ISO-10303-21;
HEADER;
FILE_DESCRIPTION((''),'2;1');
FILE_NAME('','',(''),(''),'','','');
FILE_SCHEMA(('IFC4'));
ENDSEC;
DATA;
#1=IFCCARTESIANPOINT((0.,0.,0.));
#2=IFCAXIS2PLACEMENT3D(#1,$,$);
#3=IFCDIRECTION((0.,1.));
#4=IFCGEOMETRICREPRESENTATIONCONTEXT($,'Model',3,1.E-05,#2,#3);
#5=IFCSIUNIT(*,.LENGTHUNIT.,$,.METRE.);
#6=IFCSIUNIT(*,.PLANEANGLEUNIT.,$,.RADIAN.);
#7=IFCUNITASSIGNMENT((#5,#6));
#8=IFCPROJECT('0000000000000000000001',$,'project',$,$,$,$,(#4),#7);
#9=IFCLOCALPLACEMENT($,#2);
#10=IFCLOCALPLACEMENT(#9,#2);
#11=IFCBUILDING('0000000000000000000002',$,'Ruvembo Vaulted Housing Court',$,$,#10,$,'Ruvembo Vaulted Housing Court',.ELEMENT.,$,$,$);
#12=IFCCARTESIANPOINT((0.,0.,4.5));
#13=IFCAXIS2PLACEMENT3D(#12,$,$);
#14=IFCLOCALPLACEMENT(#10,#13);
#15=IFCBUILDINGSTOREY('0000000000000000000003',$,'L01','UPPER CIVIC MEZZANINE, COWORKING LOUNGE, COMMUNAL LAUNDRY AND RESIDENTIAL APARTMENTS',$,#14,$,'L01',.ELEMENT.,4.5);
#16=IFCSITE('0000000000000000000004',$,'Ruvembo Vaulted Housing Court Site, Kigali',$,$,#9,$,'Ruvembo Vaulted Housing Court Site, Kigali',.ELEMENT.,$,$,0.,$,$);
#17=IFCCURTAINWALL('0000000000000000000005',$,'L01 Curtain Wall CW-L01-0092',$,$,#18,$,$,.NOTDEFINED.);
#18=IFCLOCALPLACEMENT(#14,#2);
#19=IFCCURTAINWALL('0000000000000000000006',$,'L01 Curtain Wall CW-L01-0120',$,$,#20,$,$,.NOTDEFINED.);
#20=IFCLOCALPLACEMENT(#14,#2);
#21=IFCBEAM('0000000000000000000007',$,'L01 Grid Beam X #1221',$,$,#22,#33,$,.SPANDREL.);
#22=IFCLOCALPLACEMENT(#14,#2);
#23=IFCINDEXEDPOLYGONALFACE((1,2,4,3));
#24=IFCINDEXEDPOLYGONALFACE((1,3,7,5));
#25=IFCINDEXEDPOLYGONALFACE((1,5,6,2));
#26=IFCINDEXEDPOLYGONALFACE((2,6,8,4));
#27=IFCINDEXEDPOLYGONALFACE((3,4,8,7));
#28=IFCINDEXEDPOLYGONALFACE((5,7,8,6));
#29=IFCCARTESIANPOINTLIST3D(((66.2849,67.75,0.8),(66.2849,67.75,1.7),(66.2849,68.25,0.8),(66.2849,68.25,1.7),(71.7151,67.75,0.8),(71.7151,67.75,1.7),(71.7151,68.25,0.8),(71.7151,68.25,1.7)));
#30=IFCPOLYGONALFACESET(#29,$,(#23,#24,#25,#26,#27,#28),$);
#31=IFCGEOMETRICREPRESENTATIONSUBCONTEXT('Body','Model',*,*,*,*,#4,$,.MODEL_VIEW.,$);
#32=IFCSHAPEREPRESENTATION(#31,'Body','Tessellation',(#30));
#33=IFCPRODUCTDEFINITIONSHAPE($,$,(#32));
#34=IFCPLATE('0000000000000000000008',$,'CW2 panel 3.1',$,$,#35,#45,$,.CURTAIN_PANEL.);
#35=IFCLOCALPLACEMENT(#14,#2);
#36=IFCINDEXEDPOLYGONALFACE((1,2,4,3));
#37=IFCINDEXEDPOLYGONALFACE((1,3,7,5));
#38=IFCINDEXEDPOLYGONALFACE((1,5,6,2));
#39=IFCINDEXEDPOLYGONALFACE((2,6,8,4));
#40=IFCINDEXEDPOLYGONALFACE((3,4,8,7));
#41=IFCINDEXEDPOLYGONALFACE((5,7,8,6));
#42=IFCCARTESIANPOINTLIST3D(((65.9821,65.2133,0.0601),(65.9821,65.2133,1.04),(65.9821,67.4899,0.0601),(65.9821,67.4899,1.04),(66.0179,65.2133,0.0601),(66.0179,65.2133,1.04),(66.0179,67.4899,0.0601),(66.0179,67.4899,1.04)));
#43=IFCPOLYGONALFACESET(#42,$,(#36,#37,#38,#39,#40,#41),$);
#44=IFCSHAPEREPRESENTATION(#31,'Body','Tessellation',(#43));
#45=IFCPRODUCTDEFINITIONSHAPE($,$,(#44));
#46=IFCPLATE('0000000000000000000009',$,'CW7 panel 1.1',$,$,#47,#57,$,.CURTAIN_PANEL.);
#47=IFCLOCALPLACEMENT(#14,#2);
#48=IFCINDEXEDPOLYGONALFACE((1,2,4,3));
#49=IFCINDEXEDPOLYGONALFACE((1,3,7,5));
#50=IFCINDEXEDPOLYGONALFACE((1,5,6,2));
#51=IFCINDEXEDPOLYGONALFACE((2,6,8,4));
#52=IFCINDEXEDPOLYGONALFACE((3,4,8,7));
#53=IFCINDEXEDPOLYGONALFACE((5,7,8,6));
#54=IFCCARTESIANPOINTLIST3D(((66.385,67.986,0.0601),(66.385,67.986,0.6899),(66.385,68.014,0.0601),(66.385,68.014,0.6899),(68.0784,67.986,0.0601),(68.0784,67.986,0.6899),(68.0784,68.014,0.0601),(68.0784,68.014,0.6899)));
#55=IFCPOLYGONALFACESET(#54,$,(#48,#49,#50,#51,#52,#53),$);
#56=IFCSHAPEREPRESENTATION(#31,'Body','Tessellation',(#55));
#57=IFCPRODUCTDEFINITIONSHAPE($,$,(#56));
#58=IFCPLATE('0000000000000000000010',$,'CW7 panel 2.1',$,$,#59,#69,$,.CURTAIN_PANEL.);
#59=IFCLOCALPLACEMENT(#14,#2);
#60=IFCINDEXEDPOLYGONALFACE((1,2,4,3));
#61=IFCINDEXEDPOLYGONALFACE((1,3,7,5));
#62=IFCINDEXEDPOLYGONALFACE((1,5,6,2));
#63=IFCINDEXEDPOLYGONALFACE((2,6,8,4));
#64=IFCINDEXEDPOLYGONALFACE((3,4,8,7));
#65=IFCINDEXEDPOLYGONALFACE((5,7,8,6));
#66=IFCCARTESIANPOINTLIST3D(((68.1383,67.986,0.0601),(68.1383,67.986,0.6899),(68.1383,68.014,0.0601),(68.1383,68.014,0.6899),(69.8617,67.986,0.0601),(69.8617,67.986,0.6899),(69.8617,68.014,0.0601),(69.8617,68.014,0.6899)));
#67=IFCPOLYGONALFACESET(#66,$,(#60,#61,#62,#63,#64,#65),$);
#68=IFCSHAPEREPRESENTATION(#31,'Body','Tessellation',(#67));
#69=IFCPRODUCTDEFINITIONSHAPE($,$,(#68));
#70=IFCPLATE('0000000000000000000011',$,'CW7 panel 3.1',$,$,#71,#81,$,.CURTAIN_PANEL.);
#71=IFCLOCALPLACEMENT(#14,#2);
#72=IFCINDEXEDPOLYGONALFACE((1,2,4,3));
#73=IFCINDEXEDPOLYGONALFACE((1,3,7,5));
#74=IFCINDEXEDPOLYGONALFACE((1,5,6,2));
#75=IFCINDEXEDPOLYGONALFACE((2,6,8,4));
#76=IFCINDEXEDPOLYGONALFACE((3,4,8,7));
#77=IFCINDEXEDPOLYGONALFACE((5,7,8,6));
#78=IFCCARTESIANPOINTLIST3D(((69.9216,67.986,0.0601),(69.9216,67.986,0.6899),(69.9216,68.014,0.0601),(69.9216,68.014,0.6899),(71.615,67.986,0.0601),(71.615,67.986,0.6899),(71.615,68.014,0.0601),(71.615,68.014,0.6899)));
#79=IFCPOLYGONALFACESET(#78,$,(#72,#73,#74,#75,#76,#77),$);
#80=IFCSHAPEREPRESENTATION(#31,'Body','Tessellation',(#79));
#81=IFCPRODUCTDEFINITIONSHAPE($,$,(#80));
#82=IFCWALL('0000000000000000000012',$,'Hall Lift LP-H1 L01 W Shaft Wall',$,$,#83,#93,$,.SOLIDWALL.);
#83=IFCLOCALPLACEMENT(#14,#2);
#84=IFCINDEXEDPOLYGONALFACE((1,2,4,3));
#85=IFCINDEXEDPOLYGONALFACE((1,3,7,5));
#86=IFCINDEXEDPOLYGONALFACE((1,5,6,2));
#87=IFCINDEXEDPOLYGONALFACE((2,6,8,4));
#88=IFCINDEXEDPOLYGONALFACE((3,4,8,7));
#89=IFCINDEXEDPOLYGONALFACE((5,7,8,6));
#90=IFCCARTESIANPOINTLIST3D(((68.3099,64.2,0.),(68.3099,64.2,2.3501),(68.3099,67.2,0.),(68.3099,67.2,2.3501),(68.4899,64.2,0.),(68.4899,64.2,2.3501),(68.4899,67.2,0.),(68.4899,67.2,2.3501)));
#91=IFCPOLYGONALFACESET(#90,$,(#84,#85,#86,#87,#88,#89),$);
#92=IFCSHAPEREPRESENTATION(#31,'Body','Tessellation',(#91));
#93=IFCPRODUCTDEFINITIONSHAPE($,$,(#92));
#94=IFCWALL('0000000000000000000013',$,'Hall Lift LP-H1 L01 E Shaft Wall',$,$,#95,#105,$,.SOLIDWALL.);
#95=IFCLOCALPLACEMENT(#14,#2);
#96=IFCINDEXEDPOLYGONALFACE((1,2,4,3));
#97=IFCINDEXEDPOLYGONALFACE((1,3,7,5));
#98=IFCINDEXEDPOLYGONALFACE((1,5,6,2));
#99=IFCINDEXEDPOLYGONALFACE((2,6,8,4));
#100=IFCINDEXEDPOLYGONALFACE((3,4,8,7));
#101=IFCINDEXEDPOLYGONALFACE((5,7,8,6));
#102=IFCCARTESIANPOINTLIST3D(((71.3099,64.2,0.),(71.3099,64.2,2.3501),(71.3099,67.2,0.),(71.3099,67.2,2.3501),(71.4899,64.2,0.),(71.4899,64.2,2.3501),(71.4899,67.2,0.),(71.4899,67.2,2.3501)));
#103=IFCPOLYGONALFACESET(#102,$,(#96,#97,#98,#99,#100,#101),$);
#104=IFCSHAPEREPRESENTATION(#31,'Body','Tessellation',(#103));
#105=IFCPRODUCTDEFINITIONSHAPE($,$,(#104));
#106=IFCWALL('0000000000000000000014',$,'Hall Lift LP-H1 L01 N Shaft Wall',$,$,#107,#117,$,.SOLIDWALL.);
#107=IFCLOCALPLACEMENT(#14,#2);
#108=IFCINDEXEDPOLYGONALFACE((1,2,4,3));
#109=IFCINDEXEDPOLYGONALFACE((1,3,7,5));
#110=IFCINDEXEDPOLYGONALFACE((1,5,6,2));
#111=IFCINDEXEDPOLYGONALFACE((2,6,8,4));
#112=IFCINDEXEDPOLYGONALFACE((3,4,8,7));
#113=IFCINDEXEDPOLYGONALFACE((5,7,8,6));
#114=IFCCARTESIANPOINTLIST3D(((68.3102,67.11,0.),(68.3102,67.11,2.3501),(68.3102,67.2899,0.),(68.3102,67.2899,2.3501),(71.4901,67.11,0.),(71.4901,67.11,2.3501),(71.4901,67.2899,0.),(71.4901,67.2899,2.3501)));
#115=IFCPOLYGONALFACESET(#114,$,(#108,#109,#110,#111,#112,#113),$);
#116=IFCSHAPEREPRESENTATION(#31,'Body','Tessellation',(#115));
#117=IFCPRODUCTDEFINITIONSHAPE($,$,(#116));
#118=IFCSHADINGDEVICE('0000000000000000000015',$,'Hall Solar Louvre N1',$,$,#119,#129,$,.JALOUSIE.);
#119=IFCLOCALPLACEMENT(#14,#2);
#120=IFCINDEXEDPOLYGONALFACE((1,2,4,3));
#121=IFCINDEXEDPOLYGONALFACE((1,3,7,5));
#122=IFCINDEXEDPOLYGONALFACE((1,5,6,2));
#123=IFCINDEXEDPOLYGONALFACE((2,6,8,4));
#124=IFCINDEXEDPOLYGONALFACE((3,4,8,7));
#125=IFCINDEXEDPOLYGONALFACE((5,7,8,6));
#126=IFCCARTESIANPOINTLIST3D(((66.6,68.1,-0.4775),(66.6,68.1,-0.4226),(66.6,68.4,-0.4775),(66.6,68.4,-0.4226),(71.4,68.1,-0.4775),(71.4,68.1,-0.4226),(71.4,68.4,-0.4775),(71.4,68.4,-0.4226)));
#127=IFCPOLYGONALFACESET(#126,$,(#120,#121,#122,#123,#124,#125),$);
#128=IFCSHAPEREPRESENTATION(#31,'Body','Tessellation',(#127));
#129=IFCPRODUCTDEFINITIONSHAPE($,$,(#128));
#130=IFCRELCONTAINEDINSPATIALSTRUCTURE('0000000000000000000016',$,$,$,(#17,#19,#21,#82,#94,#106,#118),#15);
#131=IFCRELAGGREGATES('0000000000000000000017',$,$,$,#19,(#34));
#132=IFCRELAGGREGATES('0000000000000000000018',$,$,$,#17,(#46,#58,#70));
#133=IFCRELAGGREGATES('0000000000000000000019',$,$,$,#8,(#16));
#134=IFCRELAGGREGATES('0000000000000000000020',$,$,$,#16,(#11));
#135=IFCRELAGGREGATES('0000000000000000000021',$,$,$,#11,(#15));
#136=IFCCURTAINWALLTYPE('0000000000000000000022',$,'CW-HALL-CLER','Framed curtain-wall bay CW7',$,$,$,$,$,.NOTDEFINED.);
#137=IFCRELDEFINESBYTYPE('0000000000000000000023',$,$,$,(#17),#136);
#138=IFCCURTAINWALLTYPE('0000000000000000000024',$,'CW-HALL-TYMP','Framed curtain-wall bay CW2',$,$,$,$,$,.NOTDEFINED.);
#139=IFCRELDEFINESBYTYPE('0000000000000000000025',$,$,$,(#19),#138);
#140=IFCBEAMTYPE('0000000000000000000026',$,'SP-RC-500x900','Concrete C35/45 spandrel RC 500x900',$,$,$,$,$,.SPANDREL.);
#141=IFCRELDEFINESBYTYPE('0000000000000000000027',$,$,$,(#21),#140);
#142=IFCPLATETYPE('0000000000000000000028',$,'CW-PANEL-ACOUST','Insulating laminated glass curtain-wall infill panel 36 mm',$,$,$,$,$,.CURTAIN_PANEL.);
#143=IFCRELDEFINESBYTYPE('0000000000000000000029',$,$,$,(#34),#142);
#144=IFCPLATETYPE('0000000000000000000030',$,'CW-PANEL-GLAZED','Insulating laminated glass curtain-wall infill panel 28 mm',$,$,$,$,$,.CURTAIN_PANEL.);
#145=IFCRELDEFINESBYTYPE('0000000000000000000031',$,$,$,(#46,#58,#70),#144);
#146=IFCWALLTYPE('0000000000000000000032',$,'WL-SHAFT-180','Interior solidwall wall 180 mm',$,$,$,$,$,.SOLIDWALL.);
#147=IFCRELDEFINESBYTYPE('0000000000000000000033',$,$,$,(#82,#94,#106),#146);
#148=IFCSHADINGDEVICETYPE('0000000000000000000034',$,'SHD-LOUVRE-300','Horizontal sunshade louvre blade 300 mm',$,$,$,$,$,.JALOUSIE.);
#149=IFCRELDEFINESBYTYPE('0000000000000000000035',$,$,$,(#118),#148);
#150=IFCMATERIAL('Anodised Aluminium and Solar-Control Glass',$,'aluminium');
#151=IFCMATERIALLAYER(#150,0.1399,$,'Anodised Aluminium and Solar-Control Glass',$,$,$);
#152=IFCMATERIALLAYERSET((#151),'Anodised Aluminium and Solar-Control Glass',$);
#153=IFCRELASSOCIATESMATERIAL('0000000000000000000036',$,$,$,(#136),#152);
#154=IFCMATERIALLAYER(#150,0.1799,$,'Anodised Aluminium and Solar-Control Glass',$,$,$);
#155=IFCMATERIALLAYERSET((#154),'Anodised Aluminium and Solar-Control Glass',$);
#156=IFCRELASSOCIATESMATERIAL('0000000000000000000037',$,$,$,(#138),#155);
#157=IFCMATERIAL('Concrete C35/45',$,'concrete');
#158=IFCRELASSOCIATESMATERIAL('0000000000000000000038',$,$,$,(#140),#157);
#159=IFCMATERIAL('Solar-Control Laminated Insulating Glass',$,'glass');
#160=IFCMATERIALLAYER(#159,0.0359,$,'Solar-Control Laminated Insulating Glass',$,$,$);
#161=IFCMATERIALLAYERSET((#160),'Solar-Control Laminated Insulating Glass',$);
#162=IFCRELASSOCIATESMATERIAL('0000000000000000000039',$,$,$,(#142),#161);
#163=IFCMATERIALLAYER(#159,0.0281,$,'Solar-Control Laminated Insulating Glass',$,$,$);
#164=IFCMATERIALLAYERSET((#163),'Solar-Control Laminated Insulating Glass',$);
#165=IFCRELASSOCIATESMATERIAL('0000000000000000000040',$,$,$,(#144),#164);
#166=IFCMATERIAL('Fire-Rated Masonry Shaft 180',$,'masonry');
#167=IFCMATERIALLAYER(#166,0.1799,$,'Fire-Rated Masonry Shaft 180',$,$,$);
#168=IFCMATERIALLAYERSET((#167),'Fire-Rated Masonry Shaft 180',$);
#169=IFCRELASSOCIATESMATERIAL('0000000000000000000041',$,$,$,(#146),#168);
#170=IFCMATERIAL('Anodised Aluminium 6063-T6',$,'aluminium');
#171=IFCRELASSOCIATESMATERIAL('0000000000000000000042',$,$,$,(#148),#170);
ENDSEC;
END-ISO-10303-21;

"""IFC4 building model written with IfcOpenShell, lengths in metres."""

from ifc_helpers import new_model, si_unit, direction, frame, frame_2d, origin, origin_2d, place, context, subcontext, project, spatial, rectangle, extrude, material, layer, layer_set, material_profile, profile_set, type_object, element, aggregate, save


model = new_model("IFC4")

# Units and contexts
model_context = context("Model", 3, precision=1e-05, world=origin(), true_north=direction((0.0, 1.0)))
body_context = subcontext(model_context, "Body", "Model", "MODEL_VIEW")
ifc_project = project(units=[si_unit("LENGTHUNIT", "METRE"), si_unit("PLANEANGLEUNIT", "RADIAN")], contexts=[model_context])

# Site, building, storey
site_placement = place(None, origin())
site = spatial("IfcSite", under=ifc_project, at=site_placement, Name="Ruvembo Vaulted Housing Court Site, Kigali", LongName="Ruvembo Vaulted Housing Court Site, Kigali", CompositionType="ELEMENT", RefElevation=0.0)
building_placement = place(site_placement, origin())
building = spatial("IfcBuilding", under=site, at=building_placement, Name="Ruvembo Vaulted Housing Court", LongName="Ruvembo Vaulted Housing Court", CompositionType="ELEMENT")
storey_placement = place(building_placement, frame((0.0, 0.0, 4.5)))
storey = spatial("IfcBuildingStorey", under=building, at=storey_placement, Name="L01", Description="UPPER CIVIC MEZZANINE, COWORKING LOUNGE, COMMUNAL LAUNDRY AND RESIDENTIAL APARTMENTS", LongName="L01", CompositionType="ELEMENT", Elevation=4.5)

# Curtain walls
ifc_material_1 = material(Name="Anodised Aluminium and Solar-Control Glass", Category="aluminium")
ifc_layer_1 = layer(ifc_material_1, 0.1399, Name="Anodised Aluminium and Solar-Control Glass")
ifc_layer_set_1 = layer_set([ifc_layer_1], Name="Anodised Aluminium and Solar-Control Glass")
curtain_wall_type_1 = type_object("IfcCurtainWallType", Name="CW-HALL-CLER", Description="Framed curtain-wall bay CW7", PredefinedType="NOTDEFINED", material=ifc_layer_set_1)
curtain_wall_1_placement = place(storey_placement, origin())
curtain_wall_1 = element("IfcCurtainWall", 1, at=curtain_wall_1_placement, inside=storey, type_object=curtain_wall_type_1, Name="L01 Curtain Wall CW-L01-0092", PredefinedType="NOTDEFINED")
ifc_material_2 = material(Name="Anodised Aluminium 6063-T6", Category="aluminium")
ifc_layer_2 = layer(ifc_material_1, 0.1799, Name="Anodised Aluminium and Solar-Control Glass")
ifc_layer_set_2 = layer_set([ifc_layer_2], Name="Anodised Aluminium and Solar-Control Glass")
curtain_wall_type_2 = type_object("IfcCurtainWallType", Name="CW-HALL-TYMP", Description="Framed curtain-wall bay CW2", PredefinedType="NOTDEFINED", material=ifc_layer_set_2)
curtain_wall_2_placement = place(storey_placement, origin())
curtain_wall_2 = element("IfcCurtainWall", 2, at=curtain_wall_2_placement, inside=storey, type_object=curtain_wall_type_2, Name="L01 Curtain Wall CW-L01-0120", PredefinedType="NOTDEFINED")

# Beam
ifc_material_3 = material(Name="Concrete C35/45", Category="concrete")
ifc_material_profile_1 = material_profile(ifc_material_3, rectangle(XDim=0.5, YDim=0.8999, at=origin_2d()), Name="RC 500x900")
ifc_profile_set_1 = profile_set([ifc_material_profile_1], Name="Concrete C35/45")
beam_type = type_object("IfcBeamType", Name="SP-RC-500x900", Description="Concrete C35/45 spandrel RC 500x900", PredefinedType="SPANDREL", material=ifc_profile_set_1)
beam_placement = place(storey_placement, frame((66.2849, 68.0, 1.25), z_axis=(1.0, 0.0, 0.0), x_axis=(0.0, 1.0, 0.0)))
element("IfcBeam", 3, at=beam_placement, inside=storey, type_object=beam_type, Name="L01 Grid Beam X #1221", PredefinedType="SPANDREL", context=body_context, shape_type="SweptSolid", body=[
    extrude(rectangle(XDim=0.5, YDim=0.8999, at=origin_2d()), origin(), (0.0, 0.0, 1.0), 5.4302),
])

# Plates
ifc_material_4 = material(Name="Solar-Control Laminated Insulating Glass", Category="glass")
ifc_layer_3 = layer(ifc_material_4, 0.0359, Name="Solar-Control Laminated Insulating Glass")
ifc_layer_set_3 = layer_set([ifc_layer_3], Name="Solar-Control Laminated Insulating Glass")
plate_type_1 = type_object("IfcPlateType", Name="CW-PANEL-ACOUST", Description="Insulating laminated glass curtain-wall infill panel 36 mm", PredefinedType="CURTAIN_PANEL", material=ifc_layer_set_3)
plate_1_placement = place(storey_placement, frame((66.0, 66.3516, 0.0601), z_axis=(0.0, 0.0, 1.0), x_axis=(0.0, 1.0, 0.0)))
plate_1 = element("IfcPlate", 4, at=plate_1_placement, type_object=plate_type_1, Name="CW2 panel 3.1", PredefinedType="CURTAIN_PANEL", context=body_context, shape_type="SweptSolid", body=[
    extrude(rectangle(XDim=2.2766, YDim=0.0359, at=origin_2d()), origin(), (0.0, 0.0, 1.0), 0.98),
])
aggregate(curtain_wall_2, [plate_1])
ifc_layer_4 = layer(ifc_material_4, 0.0281, Name="Solar-Control Laminated Insulating Glass")
ifc_layer_set_4 = layer_set([ifc_layer_4], Name="Solar-Control Laminated Insulating Glass")
plate_type_2 = type_object("IfcPlateType", Name="CW-PANEL-GLAZED", Description="Insulating laminated glass curtain-wall infill panel 28 mm", PredefinedType="CURTAIN_PANEL", material=ifc_layer_set_4)
plate_2_placement = place(storey_placement, frame((67.2317, 68.0, 0.0601), z_axis=(0.0, 0.0, 1.0), x_axis=(1.0, 0.0, 0.0)))
plate_2 = element("IfcPlate", 5, at=plate_2_placement, type_object=plate_type_2, Name="CW7 panel 1.1", PredefinedType="CURTAIN_PANEL", context=body_context, shape_type="SweptSolid", body=[
    extrude(rectangle(XDim=1.6934, YDim=0.0281, at=origin_2d()), origin(), (0.0, 0.0, 1.0), 0.6299),
])
plate_3_placement = place(storey_placement, frame((69.0, 68.0, 0.0601), z_axis=(0.0, 0.0, 1.0), x_axis=(1.0, 0.0, 0.0)))
plate_3 = element("IfcPlate", 6, at=plate_3_placement, type_object=plate_type_2, Name="CW7 panel 2.1", PredefinedType="CURTAIN_PANEL", context=body_context, shape_type="SweptSolid", body=[
    extrude(rectangle(XDim=1.7234, YDim=0.0281, at=origin_2d()), origin(), (0.0, 0.0, 1.0), 0.6299),
])
plate_4_placement = place(storey_placement, frame((70.7683, 68.0, 0.0601), z_axis=(0.0, 0.0, 1.0), x_axis=(1.0, 0.0, 0.0)))
plate_4 = element("IfcPlate", 7, at=plate_4_placement, type_object=plate_type_2, Name="CW7 panel 3.1", PredefinedType="CURTAIN_PANEL", context=body_context, shape_type="SweptSolid", body=[
    extrude(rectangle(XDim=1.6934, YDim=0.0281, at=origin_2d()), origin(), (0.0, 0.0, 1.0), 0.6299),
])
aggregate(curtain_wall_1, [plate_2, plate_3, plate_4])

# Walls
ifc_material_5 = material(Name="Fire-Rated Masonry Shaft 180", Category="masonry")
ifc_layer_5 = layer(ifc_material_5, 0.1799, Name="Fire-Rated Masonry Shaft 180")
ifc_layer_set_5 = layer_set([ifc_layer_5], Name="Fire-Rated Masonry Shaft 180")
wall_type = type_object("IfcWallType", Name="WL-SHAFT-180", Description="Interior solidwall wall 180 mm", PredefinedType="SOLIDWALL", material=ifc_layer_set_5)
for number, where, z_axis, x_axis, name in (
    (8, (68.3999, 67.2, 0.0), (0.0, 0.0, 1.0), (0.0, -1.0, 0.0), "Hall Lift LP-H1 L01 W Shaft Wall"),
    (9, (71.3999, 64.2, 0.0), (0.0, 0.0, 1.0), (0.0, 1.0, 0.0), "Hall Lift LP-H1 L01 E Shaft Wall"),
):
    element("IfcWall", number, at=place(storey_placement, frame(where, z_axis=z_axis, x_axis=x_axis)), inside=storey, type_object=wall_type, Name=name, PredefinedType="SOLIDWALL", context=body_context, shape_type="SweptSolid", body=[
        extrude(rectangle(XDim=3.0, YDim=0.1799, at=frame_2d((1.5, 0.0))), origin(), (0.0, 0.0, 1.0), 2.3501),
    ])
wall_placement = place(storey_placement, frame((71.49, 67.2, 0.0), z_axis=(0.0, 0.0, 1.0), x_axis=(-1.0, 0.0, 0.0)))
element("IfcWall", 10, at=wall_placement, inside=storey, type_object=wall_type, Name="Hall Lift LP-H1 L01 N Shaft Wall", PredefinedType="SOLIDWALL", context=body_context, shape_type="SweptSolid", body=[
    extrude(rectangle(XDim=3.1799, YDim=0.1799, at=frame_2d((1.5898, 0.0))), origin(), (0.0, 0.0, 1.0), 2.3501),
])

# Shading device
shading_device_type = type_object("IfcShadingDeviceType", Name="SHD-LOUVRE-300", Description="Horizontal sunshade louvre blade 300 mm", PredefinedType="JALOUSIE", material=ifc_material_2)
shading_device_placement = place(storey_placement, frame((69.0, 68.25, -0.4775), z_axis=(0.0, 0.0, 1.0), x_axis=(1.0, 0.0, 0.0)))
element("IfcShadingDevice", 11, at=shading_device_placement, inside=storey, type_object=shading_device_type, Name="Hall Solar Louvre N1", PredefinedType="JALOUSIE", context=body_context, shape_type="SweptSolid", body=[
    extrude(rectangle(XDim=4.8, YDim=0.3, at=origin_2d()), origin(), (0.0, 0.0, 1.0), 0.0549),
])

save(model, "model.ifc")
